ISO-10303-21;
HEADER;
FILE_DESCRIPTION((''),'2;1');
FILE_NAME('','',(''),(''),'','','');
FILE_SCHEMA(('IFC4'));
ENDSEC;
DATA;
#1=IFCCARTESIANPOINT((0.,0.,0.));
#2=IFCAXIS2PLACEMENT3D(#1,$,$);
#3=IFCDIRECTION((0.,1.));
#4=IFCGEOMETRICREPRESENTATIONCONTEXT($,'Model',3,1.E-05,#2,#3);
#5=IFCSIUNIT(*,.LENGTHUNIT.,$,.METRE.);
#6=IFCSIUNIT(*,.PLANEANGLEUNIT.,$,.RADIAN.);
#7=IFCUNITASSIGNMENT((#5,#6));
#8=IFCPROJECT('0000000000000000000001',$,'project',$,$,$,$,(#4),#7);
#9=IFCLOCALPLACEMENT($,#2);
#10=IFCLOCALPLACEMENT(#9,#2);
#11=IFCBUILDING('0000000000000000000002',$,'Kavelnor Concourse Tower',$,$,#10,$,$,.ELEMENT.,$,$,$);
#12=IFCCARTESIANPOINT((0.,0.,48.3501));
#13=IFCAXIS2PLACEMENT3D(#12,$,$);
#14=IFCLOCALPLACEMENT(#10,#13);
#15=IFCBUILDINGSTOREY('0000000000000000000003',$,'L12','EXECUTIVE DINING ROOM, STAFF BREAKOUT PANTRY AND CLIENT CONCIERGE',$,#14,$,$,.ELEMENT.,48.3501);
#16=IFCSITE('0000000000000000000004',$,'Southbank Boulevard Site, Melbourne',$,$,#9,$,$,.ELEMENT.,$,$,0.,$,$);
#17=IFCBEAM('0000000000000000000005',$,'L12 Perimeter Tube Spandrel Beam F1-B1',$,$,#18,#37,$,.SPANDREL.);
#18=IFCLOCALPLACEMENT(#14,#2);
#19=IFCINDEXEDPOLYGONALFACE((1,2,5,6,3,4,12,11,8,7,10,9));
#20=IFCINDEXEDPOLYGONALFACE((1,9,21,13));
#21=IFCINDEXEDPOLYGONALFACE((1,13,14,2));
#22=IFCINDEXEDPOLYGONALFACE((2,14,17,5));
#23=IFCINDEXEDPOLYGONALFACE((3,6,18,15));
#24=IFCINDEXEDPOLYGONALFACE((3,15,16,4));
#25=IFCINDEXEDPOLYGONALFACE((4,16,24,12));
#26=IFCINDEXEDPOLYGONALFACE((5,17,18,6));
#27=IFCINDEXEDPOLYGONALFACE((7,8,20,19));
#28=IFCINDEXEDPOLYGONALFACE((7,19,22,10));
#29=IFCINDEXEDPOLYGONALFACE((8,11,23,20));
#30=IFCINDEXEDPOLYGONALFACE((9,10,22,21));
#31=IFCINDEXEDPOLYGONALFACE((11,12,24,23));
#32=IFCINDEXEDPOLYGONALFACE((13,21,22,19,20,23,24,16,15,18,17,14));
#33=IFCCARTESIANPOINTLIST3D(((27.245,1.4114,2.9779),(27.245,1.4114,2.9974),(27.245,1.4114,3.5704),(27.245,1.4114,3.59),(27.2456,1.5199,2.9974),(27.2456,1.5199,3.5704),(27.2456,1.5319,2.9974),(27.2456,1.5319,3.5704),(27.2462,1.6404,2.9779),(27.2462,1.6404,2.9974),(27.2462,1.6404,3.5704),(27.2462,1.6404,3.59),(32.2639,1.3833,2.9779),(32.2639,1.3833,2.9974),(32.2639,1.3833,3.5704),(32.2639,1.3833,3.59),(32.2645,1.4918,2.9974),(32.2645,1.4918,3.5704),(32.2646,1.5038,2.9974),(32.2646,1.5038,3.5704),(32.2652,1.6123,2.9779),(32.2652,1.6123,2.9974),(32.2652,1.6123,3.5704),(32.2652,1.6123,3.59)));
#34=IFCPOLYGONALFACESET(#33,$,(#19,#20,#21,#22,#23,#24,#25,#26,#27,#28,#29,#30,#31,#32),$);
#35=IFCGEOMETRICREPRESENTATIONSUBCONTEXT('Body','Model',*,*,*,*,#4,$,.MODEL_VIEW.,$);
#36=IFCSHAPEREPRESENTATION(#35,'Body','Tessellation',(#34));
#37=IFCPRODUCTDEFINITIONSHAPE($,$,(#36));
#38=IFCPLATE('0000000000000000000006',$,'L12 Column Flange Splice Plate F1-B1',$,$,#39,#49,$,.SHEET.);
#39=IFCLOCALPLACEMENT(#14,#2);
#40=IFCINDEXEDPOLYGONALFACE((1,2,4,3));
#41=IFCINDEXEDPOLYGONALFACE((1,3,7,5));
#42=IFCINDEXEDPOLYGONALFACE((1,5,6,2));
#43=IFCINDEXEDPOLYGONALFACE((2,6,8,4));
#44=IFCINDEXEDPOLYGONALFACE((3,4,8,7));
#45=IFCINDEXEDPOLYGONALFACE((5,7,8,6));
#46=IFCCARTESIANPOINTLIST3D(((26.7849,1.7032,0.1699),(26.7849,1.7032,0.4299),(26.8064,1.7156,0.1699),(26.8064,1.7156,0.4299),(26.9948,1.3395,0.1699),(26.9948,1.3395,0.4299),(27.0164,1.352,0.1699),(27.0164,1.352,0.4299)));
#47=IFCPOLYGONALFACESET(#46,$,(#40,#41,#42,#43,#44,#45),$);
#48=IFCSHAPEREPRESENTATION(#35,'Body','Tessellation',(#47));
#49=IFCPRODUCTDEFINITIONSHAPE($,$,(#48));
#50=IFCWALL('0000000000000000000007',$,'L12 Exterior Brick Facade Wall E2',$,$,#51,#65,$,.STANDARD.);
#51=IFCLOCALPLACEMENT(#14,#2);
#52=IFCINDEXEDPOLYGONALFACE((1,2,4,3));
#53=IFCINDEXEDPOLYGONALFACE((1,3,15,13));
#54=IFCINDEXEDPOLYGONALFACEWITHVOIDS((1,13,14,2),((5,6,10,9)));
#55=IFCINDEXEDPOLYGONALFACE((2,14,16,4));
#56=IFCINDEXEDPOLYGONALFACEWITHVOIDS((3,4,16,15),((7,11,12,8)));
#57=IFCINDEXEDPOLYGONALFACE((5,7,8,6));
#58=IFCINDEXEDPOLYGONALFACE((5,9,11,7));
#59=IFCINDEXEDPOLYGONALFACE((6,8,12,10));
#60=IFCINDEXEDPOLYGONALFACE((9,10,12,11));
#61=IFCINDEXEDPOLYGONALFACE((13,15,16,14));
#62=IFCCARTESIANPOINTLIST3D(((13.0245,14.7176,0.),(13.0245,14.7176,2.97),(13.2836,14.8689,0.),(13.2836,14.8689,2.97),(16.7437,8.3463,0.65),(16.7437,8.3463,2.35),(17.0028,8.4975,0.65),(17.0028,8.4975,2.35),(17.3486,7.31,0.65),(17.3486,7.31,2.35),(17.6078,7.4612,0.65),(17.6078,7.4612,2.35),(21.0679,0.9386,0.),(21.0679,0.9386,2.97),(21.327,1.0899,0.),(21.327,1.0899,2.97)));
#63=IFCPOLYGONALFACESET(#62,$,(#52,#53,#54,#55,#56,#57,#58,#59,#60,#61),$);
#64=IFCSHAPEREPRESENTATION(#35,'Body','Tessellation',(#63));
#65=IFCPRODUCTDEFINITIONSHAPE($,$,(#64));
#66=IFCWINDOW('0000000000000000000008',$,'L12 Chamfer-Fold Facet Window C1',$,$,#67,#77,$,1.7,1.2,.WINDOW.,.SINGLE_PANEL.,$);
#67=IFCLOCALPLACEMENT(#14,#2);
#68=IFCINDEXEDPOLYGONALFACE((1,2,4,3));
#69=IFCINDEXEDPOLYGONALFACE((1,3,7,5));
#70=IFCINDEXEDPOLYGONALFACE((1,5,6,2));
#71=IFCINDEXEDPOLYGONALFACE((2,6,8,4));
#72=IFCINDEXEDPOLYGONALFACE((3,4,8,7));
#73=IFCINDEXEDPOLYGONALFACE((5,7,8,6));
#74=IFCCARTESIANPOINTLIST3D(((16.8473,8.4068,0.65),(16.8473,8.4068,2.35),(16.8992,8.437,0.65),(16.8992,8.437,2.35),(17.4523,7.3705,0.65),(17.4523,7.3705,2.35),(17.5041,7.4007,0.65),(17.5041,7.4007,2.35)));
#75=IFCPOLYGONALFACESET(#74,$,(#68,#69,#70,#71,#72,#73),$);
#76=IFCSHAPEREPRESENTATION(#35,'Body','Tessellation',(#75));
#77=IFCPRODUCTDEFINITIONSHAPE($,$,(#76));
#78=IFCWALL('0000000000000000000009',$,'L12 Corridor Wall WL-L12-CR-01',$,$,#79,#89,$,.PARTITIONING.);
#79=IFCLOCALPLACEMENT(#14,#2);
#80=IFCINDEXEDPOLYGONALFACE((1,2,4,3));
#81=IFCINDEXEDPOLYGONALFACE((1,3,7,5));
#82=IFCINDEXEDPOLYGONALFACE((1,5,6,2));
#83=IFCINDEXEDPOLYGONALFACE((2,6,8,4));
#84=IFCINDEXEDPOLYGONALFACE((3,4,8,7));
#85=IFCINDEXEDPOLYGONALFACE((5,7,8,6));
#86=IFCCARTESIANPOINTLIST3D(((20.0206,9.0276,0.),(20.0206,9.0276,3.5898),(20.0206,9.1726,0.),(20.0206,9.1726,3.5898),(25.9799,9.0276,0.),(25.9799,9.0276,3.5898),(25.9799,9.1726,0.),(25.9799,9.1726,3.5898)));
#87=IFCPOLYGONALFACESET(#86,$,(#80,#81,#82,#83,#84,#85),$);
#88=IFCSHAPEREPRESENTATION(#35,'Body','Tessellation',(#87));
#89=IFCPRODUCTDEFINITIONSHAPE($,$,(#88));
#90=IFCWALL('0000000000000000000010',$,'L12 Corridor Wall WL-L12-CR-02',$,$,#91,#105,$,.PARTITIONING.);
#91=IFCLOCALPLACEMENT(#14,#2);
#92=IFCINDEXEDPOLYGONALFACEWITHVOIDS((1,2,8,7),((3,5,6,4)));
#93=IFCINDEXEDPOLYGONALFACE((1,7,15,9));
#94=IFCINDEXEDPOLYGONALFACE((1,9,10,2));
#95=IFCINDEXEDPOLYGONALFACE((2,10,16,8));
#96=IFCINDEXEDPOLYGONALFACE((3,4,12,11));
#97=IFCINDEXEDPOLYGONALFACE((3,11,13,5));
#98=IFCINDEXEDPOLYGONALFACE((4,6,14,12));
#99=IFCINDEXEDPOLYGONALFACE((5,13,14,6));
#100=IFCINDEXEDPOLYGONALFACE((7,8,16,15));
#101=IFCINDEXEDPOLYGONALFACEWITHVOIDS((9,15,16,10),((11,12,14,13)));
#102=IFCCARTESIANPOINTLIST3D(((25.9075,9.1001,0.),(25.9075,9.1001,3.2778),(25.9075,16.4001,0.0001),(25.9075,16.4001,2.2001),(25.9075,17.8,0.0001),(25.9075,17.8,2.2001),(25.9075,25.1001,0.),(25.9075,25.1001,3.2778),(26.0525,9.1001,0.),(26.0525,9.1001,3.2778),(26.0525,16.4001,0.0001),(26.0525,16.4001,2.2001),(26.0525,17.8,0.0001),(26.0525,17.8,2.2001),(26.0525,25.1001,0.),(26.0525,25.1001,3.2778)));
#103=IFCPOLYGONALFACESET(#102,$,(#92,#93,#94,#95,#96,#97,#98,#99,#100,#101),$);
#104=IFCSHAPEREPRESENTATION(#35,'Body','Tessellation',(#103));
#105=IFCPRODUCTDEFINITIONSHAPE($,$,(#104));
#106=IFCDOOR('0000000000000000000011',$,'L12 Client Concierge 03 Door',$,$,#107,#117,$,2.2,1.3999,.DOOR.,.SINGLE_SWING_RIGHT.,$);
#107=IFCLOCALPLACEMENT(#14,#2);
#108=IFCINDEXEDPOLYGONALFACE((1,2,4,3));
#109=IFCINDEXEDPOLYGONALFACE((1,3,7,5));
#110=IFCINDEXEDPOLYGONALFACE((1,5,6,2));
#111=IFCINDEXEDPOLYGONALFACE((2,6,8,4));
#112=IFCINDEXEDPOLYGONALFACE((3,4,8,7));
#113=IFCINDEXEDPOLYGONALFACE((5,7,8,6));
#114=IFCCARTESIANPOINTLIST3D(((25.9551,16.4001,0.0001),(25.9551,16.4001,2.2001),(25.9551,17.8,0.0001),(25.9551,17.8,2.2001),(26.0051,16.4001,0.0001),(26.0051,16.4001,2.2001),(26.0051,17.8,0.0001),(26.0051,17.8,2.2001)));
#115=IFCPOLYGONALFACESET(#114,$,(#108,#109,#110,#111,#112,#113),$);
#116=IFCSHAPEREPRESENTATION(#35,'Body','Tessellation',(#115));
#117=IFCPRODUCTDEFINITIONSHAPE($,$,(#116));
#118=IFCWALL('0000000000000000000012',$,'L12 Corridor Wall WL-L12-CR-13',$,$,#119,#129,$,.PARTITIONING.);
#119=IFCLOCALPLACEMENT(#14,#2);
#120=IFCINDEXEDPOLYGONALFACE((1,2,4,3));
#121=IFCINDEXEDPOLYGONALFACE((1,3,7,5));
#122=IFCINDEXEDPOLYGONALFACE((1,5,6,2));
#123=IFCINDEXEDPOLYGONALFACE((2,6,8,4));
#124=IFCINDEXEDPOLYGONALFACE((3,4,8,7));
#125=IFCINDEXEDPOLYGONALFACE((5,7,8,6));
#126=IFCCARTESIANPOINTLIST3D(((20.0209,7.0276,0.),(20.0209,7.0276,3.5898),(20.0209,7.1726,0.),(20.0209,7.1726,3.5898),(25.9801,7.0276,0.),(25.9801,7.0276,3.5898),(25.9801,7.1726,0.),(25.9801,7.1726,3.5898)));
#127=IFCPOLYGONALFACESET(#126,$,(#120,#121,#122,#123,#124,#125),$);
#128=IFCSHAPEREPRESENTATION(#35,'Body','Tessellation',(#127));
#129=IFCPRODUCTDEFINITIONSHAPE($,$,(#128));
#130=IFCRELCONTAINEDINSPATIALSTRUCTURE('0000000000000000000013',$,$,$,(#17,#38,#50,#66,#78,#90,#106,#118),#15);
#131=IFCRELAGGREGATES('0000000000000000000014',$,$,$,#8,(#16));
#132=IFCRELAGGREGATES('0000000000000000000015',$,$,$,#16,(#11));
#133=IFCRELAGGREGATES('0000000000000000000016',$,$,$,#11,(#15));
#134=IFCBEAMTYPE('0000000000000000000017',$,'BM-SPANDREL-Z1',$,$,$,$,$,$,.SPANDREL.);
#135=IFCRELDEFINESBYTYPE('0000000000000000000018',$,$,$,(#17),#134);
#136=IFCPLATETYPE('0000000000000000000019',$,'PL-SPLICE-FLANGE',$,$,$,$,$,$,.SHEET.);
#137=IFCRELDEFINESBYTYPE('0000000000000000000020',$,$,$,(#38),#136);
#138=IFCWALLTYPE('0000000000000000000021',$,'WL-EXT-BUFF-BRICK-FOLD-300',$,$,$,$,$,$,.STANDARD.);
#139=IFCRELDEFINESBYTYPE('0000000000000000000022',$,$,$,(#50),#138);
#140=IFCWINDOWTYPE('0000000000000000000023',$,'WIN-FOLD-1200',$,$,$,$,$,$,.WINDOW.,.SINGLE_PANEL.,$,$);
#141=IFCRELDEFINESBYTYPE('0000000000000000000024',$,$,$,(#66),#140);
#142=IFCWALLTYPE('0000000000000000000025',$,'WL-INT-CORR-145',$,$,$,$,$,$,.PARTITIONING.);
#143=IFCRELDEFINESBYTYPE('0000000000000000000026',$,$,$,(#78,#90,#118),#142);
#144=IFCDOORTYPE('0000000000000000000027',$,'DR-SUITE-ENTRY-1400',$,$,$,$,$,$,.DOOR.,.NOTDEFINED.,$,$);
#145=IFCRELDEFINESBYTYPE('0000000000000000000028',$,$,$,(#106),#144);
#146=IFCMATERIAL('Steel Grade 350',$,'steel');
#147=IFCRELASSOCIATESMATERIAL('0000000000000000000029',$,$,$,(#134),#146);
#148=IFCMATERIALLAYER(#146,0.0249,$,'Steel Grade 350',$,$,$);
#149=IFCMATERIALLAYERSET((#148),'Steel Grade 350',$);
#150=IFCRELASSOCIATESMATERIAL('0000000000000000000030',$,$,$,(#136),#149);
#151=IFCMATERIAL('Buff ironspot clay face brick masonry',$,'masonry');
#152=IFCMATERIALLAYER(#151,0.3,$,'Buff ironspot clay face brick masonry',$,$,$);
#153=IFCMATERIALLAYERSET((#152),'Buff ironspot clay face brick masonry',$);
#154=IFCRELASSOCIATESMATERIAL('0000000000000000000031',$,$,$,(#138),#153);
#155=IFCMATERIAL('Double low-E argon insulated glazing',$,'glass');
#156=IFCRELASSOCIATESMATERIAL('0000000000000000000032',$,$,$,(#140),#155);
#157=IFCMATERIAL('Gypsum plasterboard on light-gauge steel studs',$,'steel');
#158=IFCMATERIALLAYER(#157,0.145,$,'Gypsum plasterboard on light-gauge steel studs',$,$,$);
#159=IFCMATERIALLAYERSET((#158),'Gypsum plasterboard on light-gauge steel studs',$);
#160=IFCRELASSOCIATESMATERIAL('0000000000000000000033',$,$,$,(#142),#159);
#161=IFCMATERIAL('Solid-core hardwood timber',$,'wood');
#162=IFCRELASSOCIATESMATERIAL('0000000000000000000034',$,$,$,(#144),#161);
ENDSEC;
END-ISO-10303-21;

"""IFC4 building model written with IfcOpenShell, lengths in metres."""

from ifc_helpers import new_model, si_unit, direction, frame, frame_2d, origin, origin_2d, place, context, subcontext, project, spatial, rectangle, i_section, extrude, material, layer, layer_set, material_profile, profile_set, type_object, element, fill, save


model = new_model("IFC4")

# Units and contexts
model_context = context("Model", 3, precision=1e-05, world=origin(), true_north=direction((0.0, 1.0)))
body_context = subcontext(model_context, "Body", "Model", "MODEL_VIEW")
ifc_project = project(units=[si_unit("LENGTHUNIT", "METRE"), si_unit("PLANEANGLEUNIT", "RADIAN")], contexts=[model_context])

# Site, building, storey
site_placement = place(None, origin())
site = spatial("IfcSite", under=ifc_project, at=site_placement, Name="Southbank Boulevard Site, Melbourne", CompositionType="ELEMENT", RefElevation=0.0)
building_placement = place(site_placement, origin())
building = spatial("IfcBuilding", under=site, at=building_placement, Name="Kavelnor Concourse Tower", CompositionType="ELEMENT")
storey_placement = place(building_placement, frame((0.0, 0.0, 48.3501)))
storey = spatial("IfcBuildingStorey", under=building, at=storey_placement, Name="L12", Description="EXECUTIVE DINING ROOM, STAFF BREAKOUT PANTRY AND CLIENT CONCIERGE", CompositionType="ELEMENT", Elevation=48.3501)

# Shared definitions
ifc_material_1 = material(Name="Steel Grade 350", Category="steel")

# Beam
ifc_material_profile_1 = material_profile(ifc_material_1, i_section(OverallWidth=0.229, OverallDepth=0.6121, WebThickness=0.012, FlangeThickness=0.0195, at=origin_2d()), Name="610UB125")
ifc_profile_set_1 = profile_set([ifc_material_profile_1], Name="Steel Grade 350")
beam_type_1 = type_object("IfcBeamType", Name="BM-SPANDREL-Z1", PredefinedType="SPANDREL", material=ifc_profile_set_1)
beam_1_placement = place(storey_placement, frame((27.2456, 1.5259, 3.2839), z_axis=(0.999984, -0.005594, 0.0), x_axis=(0.005594, 0.999984, 0.0)))
element("IfcBeam", 1, at=beam_1_placement, inside=storey, type_object=beam_type_1, Name="L12 Perimeter Tube Spandrel Beam F1-B1", PredefinedType="SPANDREL", context=body_context, shape_type="SweptSolid", body=[
    extrude(i_section(OverallWidth=0.229, OverallDepth=0.6121, WebThickness=0.012, FlangeThickness=0.0195, at=origin_2d()), origin(), (0.0, 0.0, 1.0), 5.019),
])

# Plate
ifc_layer_1 = layer(ifc_material_1, 0.0249, Name="Steel Grade 350")
ifc_layer_set_1 = layer_set([ifc_layer_1], Name="Steel Grade 350")
plate_type = type_object("IfcPlateType", Name="PL-SPLICE-FLANGE", PredefinedType="SHEET", material=ifc_layer_set_1)
plate_placement = place(storey_placement, frame((26.9006, 1.5276, 0.1699), z_axis=(0.0, 0.0, 1.0), x_axis=(-0.5, 0.866025, 0.0)))
element("IfcPlate", 2, at=plate_placement, inside=storey, type_object=plate_type, Name="L12 Column Flange Splice Plate F1-B1", PredefinedType="SHEET", context=body_context, shape_type="SweptSolid", body=[
    extrude(rectangle(XDim=0.4199, YDim=0.0249, at=origin_2d()), origin(), (0.0, 0.0, 1.0), 0.26),
])

# Wall, opening, window
ifc_material_2 = material(Name="Buff ironspot clay face brick masonry", Category="masonry")
ifc_layer_2 = layer(ifc_material_2, 0.3, Name="Buff ironspot clay face brick masonry")
ifc_layer_set_2 = layer_set([ifc_layer_2], Name="Buff ironspot clay face brick masonry")
wall_type_1 = type_object("IfcWallType", Name="WL-EXT-BUFF-BRICK-FOLD-300", PredefinedType="STANDARD", material=ifc_layer_set_2)
wall_1_placement = place(storey_placement, frame((21.1975, 1.0142, 0.0), z_axis=(0.0, 0.0, 1.0), x_axis=(-0.504136, 0.863624, 0.0)))
wall_1 = element("IfcWall", 3, at=wall_1_placement, inside=storey, type_object=wall_type_1, Name="L12 Exterior Brick Facade Wall E2", PredefinedType="STANDARD", context=body_context, shape_type="SweptSolid", body=[
    extrude(rectangle(XDim=15.9548, YDim=0.3, at=frame_2d((7.9775, 0.0))), origin(), (0.0, 0.0, 1.0), 2.97),
])
opening_1_placement = place(wall_1_placement, frame((7.3774, 0.0, 0.6499)))
opening_1 = element("IfcOpeningElement", 4, at=opening_1_placement, cuts=wall_1, PredefinedType="OPENING", context=body_context, shape_type="SweptSolid", body=[
    extrude(rectangle(XDim=1.2, YDim=1.7, at=frame_2d((0.6001, 0.8501))), frame((0.0, 0.1602, 0.0), z_axis=(0.0, -1.0, 0.0), x_axis=(1.0, 0.0, 0.0)), (0.0, 0.0, 1.0), 0.3201),
])
ifc_material_3 = material(Name="Double low-E argon insulated glazing", Category="glass")
window_type = type_object("IfcWindowType", Name="WIN-FOLD-1200", PartitioningType="SINGLE_PANEL", PredefinedType="WINDOW", material=ifc_material_3)
window_placement = place(opening_1_placement, origin())
window = element("IfcWindow", 5, at=window_placement, inside=storey, type_object=window_type, Name="L12 Chamfer-Fold Facet Window C1", OverallHeight=1.7, OverallWidth=1.2, PartitioningType="SINGLE_PANEL", PredefinedType="WINDOW", context=body_context, shape_type="SweptSolid", body=[
    extrude(rectangle(XDim=1.2, YDim=1.7, at=frame_2d((0.6001, 0.8501))), frame((0.0, 0.03, 0.0), z_axis=(0.0, -1.0, 0.0), x_axis=(1.0, 0.0, 0.0)), (0.0, 0.0, 1.0), 0.0601),
])
fill(opening_1, window)

# Wall
ifc_material_4 = material(Name="Gypsum plasterboard on light-gauge steel studs", Category="steel")
ifc_layer_3 = layer(ifc_material_4, 0.145, Name="Gypsum plasterboard on light-gauge steel studs")
ifc_layer_set_3 = layer_set([ifc_layer_3], Name="Gypsum plasterboard on light-gauge steel studs")
wall_type_2 = type_object("IfcWallType", Name="WL-INT-CORR-145", PredefinedType="PARTITIONING", material=ifc_layer_set_3)
wall_2_placement = place(storey_placement, frame((20.0208, 9.1001, 0.0), z_axis=(0.0, 0.0, 1.0), x_axis=(1.0, 0.0, 0.0)))
element("IfcWall", 6, at=wall_2_placement, inside=storey, type_object=wall_type_2, Name="L12 Corridor Wall WL-L12-CR-01", PredefinedType="PARTITIONING", context=body_context, shape_type="SweptSolid", body=[
    extrude(rectangle(XDim=5.9592, YDim=0.145, at=frame_2d((2.9795, 0.0))), origin(), (0.0, 0.0, 1.0), 3.5898),
])

# Wall, opening, door
wall_3_placement = place(storey_placement, frame((25.98, 9.1001, 0.0), z_axis=(0.0, 0.0, 1.0), x_axis=(0.0, 1.0, 0.0)))
wall_3 = element("IfcWall", 7, at=wall_3_placement, inside=storey, type_object=wall_type_2, Name="L12 Corridor Wall WL-L12-CR-02", PredefinedType="PARTITIONING", context=body_context, shape_type="SweptSolid", body=[
    extrude(rectangle(XDim=16.0, YDim=0.145, at=frame_2d((8.0, 0.0))), origin(), (0.0, 0.0, 1.0), 3.2778),
])
opening_2_placement = place(wall_3_placement, frame((7.3, 0.0, 0.0)))
opening_2 = element("IfcOpeningElement", 8, at=opening_2_placement, cuts=wall_3, PredefinedType="OPENING", context=body_context, shape_type="SweptSolid", body=[
    extrude(rectangle(XDim=1.3999, YDim=2.2, at=frame_2d((0.7, 1.1001))), frame((0.0, 0.0825, 0.0), z_axis=(0.0, -1.0, 0.0), x_axis=(1.0, 0.0, 0.0)), (0.0, 0.0, 1.0), 0.165),
])
ifc_material_5 = material(Name="Solid-core hardwood timber", Category="wood")
door_type = type_object("IfcDoorType", Name="DR-SUITE-ENTRY-1400", OperationType="NOTDEFINED", PredefinedType="DOOR", material=ifc_material_5)
door_placement = place(opening_2_placement, origin())
door = element("IfcDoor", 9, at=door_placement, inside=storey, type_object=door_type, Name="L12 Client Concierge 03 Door", OperationType="SINGLE_SWING_RIGHT", OverallHeight=2.2, OverallWidth=1.3999, PredefinedType="DOOR", context=body_context, shape_type="SweptSolid", body=[
    extrude(rectangle(XDim=1.3999, YDim=2.2, at=frame_2d((0.7, 1.1001))), frame((0.0, 0.0249, 0.0), z_axis=(0.0, -1.0, 0.0), x_axis=(1.0, 0.0, 0.0)), (0.0, 0.0, 1.0), 0.05),
])
fill(opening_2, door)

# Wall
wall_4_placement = place(storey_placement, frame((25.98, 7.1001, 0.0), z_axis=(0.0, 0.0, 1.0), x_axis=(-1.0, 0.0, 0.0)))
element("IfcWall", 10, at=wall_4_placement, inside=storey, type_object=wall_type_2, Name="L12 Corridor Wall WL-L12-CR-13", PredefinedType="PARTITIONING", context=body_context, shape_type="SweptSolid", body=[
    extrude(rectangle(XDim=5.9592, YDim=0.145, at=frame_2d((2.9795, 0.0))), origin(), (0.0, 0.0, 1.0), 3.5898),
])

save(model, "model.ifc")
